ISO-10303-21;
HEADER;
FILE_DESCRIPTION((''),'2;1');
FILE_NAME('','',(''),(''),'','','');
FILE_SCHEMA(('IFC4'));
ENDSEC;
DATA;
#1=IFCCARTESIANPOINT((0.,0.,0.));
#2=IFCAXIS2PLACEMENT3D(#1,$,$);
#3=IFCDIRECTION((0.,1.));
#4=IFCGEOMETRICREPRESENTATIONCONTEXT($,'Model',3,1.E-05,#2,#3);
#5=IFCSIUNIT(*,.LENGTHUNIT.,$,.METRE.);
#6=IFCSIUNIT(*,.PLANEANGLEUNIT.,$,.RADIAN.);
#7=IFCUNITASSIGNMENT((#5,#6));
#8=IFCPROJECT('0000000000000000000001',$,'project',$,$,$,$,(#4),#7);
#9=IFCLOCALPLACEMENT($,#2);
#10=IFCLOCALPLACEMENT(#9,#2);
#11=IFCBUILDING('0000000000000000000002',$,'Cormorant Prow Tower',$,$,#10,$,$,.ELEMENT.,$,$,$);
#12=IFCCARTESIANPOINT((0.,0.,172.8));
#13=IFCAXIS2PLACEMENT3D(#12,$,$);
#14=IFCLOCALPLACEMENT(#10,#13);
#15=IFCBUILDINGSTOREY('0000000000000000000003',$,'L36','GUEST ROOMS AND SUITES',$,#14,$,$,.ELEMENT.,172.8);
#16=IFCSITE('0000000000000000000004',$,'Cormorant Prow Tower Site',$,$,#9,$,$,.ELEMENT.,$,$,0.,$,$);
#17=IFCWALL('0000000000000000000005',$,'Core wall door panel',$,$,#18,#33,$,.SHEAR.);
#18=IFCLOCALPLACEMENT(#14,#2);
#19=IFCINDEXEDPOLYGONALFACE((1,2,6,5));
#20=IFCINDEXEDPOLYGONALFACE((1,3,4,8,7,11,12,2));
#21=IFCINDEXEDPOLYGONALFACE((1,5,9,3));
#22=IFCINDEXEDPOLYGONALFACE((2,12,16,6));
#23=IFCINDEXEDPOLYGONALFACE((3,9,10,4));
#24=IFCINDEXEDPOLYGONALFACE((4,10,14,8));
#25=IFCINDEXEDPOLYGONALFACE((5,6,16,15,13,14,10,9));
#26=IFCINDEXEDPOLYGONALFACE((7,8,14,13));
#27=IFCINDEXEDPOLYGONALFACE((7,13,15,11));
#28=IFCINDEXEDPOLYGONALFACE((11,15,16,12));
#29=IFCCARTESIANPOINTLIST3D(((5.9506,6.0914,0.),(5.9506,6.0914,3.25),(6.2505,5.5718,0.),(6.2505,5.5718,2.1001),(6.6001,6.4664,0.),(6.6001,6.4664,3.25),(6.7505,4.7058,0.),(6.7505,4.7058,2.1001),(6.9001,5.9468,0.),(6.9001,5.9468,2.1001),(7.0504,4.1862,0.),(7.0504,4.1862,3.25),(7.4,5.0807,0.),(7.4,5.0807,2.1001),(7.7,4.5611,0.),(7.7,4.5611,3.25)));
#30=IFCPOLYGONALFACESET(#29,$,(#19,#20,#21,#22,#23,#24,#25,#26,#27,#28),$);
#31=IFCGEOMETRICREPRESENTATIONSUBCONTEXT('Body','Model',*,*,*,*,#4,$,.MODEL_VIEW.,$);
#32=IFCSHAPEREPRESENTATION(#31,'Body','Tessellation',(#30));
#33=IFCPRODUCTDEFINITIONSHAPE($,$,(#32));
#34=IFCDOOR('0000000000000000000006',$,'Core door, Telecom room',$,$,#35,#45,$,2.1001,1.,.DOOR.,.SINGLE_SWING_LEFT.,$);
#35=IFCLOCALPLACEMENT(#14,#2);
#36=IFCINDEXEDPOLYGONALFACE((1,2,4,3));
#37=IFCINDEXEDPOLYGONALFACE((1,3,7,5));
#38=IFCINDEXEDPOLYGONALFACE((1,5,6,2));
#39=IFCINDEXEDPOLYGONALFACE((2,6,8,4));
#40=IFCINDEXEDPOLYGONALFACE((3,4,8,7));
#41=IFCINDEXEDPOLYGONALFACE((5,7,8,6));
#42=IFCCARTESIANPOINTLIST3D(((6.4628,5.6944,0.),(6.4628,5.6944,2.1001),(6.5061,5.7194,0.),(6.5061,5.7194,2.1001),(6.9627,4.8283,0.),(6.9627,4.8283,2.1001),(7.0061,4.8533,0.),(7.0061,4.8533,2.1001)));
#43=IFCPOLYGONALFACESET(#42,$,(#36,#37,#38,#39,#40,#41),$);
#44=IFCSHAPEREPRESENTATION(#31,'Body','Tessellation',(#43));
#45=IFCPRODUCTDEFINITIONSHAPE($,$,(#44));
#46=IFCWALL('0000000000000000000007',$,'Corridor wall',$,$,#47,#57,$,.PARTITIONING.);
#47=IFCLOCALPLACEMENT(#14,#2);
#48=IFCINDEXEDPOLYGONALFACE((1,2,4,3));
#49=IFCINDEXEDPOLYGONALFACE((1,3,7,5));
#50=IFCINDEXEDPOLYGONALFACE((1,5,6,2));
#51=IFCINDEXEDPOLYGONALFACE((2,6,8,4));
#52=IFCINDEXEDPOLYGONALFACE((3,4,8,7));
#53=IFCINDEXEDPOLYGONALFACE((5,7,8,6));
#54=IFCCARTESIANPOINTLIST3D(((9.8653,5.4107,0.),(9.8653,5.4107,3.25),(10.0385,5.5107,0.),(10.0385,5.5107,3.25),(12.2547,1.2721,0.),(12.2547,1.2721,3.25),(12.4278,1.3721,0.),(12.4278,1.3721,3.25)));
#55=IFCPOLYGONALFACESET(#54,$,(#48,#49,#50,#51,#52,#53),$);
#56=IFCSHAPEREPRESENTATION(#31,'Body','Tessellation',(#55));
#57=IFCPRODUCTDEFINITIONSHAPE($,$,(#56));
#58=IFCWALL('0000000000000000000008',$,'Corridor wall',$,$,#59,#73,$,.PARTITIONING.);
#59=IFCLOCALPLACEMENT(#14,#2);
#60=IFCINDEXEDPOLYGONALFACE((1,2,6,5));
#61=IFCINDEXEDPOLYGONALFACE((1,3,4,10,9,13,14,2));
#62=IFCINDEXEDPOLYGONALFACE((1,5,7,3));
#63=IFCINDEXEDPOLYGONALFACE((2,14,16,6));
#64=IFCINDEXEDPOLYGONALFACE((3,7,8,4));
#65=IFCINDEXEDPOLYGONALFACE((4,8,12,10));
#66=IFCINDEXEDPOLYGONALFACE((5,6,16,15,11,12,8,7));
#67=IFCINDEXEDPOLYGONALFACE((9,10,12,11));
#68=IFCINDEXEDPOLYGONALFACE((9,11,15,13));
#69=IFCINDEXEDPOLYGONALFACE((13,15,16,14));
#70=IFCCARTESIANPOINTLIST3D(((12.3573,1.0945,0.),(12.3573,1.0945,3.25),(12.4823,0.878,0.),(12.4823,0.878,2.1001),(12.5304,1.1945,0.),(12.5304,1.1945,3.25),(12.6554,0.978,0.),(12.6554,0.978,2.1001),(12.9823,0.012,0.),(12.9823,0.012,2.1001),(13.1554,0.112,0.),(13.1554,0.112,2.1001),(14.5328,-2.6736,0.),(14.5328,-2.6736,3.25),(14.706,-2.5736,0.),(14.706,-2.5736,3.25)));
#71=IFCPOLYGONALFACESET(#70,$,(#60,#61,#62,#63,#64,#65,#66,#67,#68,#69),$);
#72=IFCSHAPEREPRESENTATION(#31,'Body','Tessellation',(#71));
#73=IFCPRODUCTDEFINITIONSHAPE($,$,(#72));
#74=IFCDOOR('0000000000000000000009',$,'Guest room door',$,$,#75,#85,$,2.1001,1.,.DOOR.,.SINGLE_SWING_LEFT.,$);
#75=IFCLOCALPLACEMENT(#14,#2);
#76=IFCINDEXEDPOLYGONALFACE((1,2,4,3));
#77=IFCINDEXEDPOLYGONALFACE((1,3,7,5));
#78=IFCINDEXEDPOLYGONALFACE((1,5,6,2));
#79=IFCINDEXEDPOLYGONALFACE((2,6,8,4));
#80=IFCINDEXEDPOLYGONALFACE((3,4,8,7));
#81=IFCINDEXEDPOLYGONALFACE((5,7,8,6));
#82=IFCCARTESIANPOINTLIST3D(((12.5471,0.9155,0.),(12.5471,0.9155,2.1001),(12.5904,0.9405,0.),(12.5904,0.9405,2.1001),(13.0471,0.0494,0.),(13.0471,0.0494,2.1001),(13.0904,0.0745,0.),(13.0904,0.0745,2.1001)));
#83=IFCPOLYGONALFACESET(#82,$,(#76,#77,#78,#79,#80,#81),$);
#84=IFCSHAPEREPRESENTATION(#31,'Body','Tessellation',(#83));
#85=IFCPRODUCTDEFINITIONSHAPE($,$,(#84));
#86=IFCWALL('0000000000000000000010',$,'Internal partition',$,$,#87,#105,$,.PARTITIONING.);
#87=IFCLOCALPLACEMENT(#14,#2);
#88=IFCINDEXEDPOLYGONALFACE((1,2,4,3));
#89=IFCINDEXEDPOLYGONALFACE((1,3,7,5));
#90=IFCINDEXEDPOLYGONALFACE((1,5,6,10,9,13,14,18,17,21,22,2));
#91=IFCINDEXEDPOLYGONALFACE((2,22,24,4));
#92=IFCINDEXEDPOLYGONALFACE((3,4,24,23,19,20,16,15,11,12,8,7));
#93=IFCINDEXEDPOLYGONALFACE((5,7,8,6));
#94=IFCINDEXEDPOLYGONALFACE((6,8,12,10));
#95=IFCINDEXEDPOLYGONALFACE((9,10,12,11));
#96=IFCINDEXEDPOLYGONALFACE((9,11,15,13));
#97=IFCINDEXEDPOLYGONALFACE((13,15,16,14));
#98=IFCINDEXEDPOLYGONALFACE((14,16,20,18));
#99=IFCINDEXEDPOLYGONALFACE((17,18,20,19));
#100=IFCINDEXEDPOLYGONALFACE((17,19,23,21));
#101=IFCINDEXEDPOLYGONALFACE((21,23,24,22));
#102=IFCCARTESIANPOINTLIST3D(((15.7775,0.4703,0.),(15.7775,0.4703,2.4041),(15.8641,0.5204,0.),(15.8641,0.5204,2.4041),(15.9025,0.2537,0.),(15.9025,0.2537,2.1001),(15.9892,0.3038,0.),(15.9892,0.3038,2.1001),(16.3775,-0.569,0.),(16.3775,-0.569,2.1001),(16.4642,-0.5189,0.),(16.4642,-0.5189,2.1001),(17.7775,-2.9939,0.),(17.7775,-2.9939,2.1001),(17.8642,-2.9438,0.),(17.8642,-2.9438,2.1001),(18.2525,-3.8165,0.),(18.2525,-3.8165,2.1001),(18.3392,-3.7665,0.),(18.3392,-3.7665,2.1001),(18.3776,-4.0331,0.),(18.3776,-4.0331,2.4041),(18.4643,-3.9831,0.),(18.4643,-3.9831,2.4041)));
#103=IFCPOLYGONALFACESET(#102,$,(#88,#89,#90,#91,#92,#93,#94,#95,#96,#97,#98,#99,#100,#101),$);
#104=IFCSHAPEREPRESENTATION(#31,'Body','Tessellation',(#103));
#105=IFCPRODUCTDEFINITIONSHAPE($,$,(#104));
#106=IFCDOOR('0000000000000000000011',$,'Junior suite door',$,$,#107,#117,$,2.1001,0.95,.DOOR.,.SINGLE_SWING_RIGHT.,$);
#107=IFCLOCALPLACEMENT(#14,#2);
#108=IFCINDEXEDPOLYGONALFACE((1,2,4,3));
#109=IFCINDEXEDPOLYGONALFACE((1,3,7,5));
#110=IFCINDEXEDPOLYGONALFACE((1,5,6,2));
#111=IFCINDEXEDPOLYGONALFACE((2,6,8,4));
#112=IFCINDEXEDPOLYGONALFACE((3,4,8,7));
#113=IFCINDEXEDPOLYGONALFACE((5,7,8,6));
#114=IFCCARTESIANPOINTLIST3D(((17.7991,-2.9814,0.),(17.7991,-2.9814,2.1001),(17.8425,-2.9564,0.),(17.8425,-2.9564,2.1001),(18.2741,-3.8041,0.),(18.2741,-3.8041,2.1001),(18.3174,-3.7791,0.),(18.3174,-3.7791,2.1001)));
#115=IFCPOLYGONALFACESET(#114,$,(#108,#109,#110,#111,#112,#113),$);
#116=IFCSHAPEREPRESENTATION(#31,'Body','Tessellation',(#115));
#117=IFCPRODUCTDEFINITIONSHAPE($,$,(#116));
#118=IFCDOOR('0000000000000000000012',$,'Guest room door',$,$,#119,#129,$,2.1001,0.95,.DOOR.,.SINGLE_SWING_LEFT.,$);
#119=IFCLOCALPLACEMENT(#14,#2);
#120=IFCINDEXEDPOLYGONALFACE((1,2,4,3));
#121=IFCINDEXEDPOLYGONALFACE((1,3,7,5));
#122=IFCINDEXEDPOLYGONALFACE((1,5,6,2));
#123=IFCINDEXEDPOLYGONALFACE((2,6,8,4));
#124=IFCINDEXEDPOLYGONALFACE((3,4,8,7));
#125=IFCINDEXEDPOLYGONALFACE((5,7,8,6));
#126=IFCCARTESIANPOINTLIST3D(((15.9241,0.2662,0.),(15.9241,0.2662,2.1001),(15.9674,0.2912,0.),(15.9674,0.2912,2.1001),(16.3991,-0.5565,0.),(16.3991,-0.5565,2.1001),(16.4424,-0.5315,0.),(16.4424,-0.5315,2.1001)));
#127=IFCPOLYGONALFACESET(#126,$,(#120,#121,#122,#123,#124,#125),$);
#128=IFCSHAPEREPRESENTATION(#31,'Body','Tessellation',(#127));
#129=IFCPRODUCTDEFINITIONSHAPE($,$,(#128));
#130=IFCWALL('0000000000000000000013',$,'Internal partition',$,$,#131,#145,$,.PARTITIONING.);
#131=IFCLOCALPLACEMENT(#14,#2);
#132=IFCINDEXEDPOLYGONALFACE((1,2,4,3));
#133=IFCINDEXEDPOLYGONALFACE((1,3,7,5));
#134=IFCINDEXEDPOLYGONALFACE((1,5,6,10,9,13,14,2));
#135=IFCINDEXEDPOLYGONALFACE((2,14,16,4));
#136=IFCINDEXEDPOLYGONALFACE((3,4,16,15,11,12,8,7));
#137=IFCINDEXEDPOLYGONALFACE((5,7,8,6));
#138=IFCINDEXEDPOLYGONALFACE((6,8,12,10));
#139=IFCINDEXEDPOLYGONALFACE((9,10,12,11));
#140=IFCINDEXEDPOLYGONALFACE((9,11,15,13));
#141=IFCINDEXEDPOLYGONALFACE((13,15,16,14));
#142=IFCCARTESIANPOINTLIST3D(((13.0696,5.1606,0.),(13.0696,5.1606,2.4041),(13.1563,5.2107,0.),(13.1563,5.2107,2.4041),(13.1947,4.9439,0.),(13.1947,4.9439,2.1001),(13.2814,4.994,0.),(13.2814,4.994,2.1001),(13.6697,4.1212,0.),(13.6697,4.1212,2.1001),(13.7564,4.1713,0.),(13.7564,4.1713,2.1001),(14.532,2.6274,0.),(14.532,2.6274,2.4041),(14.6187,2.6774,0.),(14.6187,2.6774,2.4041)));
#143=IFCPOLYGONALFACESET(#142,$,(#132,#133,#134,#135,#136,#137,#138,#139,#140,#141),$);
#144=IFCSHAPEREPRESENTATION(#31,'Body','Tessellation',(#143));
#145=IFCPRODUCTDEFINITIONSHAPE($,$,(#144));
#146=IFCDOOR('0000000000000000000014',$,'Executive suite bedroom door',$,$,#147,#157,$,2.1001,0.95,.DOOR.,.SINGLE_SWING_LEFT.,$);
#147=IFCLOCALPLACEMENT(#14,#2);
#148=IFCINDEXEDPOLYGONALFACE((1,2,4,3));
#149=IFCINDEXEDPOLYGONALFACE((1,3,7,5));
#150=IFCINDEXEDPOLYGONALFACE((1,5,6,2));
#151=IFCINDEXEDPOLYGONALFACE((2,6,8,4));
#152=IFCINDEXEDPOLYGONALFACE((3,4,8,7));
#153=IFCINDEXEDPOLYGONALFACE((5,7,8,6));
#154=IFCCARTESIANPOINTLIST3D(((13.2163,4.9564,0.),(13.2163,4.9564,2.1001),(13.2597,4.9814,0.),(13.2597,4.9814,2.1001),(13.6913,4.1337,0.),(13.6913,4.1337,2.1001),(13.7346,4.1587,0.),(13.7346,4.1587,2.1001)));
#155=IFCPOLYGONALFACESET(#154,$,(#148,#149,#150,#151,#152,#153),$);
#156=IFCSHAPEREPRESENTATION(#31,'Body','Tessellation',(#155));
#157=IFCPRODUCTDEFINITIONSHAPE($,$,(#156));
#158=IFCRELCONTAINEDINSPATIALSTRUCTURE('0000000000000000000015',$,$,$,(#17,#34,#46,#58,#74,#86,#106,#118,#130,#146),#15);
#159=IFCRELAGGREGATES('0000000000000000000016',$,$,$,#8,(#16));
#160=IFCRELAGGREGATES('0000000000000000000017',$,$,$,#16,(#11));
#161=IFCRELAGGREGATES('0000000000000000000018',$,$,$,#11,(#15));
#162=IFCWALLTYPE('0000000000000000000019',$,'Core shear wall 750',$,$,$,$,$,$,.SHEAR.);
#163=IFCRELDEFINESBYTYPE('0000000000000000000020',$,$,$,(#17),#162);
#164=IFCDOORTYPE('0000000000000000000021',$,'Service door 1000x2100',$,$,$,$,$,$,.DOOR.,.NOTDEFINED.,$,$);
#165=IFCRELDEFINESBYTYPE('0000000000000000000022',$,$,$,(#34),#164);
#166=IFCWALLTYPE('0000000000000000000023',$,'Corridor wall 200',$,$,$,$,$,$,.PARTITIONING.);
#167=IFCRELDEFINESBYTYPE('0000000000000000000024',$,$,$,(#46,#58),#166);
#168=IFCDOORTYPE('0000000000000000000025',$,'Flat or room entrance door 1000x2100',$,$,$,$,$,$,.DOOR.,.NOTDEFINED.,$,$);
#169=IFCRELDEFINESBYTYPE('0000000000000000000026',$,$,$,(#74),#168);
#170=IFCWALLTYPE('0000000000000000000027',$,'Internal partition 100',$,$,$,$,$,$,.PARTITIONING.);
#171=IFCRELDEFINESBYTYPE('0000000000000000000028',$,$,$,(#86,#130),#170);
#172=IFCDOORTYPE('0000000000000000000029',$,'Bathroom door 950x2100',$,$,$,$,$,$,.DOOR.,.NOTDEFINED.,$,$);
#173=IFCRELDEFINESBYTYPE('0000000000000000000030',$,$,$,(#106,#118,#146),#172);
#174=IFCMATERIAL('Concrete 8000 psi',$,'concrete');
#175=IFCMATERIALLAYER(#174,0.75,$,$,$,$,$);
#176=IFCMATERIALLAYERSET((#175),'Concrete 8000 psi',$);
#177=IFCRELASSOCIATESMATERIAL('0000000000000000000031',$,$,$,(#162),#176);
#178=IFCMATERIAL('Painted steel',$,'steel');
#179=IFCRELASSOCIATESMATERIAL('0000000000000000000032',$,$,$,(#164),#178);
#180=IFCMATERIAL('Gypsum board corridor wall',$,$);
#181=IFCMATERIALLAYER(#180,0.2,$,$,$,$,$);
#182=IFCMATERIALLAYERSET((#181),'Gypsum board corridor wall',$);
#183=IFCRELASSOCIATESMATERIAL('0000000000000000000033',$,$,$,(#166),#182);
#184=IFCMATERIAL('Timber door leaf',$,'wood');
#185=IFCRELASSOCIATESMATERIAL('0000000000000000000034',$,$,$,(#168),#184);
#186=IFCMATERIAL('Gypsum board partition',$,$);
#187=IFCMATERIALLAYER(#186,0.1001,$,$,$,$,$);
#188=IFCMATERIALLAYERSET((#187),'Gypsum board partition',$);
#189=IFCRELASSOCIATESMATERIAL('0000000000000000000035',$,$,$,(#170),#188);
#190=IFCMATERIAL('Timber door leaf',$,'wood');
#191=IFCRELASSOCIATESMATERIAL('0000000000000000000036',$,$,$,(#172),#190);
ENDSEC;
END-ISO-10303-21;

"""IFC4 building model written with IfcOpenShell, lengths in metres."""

from ifc_helpers import new_model, si_unit, direction, frame, frame_2d, origin, place, context, subcontext, project, spatial, rectangle, extrude, material, layer, layer_set, type_object, element, fill, save


model = new_model("IFC4")

# Units and contexts
model_context = context("Model", 3, precision=1e-05, world=origin(), true_north=direction((0.0, 1.0)))
body_context = subcontext(model_context, "Body", "Model", "MODEL_VIEW")
ifc_project = project(units=[si_unit("LENGTHUNIT", "METRE"), si_unit("PLANEANGLEUNIT", "RADIAN")], contexts=[model_context])

# Site, building, storey
site_placement = place(None, origin())
site = spatial("IfcSite", under=ifc_project, at=site_placement, Name="Cormorant Prow Tower Site", CompositionType="ELEMENT", RefElevation=0.0)
building_placement = place(site_placement, origin())
building = spatial("IfcBuilding", under=site, at=building_placement, Name="Cormorant Prow Tower", CompositionType="ELEMENT")
storey_placement = place(building_placement, frame((0.0, 0.0, 172.8)))
storey = spatial("IfcBuildingStorey", under=building, at=storey_placement, Name="L36", Description="GUEST ROOMS AND SUITES", CompositionType="ELEMENT", Elevation=172.8)

# Shared definitions
ifc_material_1 = material(Name="Concrete 8000 psi", Category="concrete")
ifc_layer_1 = layer(ifc_material_1, 0.75)
ifc_layer_set_1 = layer_set([ifc_layer_1], Name="Concrete 8000 psi")
wall_type_1 = type_object("IfcWallType", Name="Core shear wall 750", PredefinedType="SHEAR", material=ifc_layer_set_1)

# Wall, opening, door
wall_1_placement = place(storey_placement, frame((7.3752, 4.3735, 0.0), z_axis=(0.0, 0.0, 1.0), x_axis=(-0.499947, 0.866056, 0.0)))
wall_1 = element("IfcWall", 1, at=wall_1_placement, inside=storey, type_object=wall_type_1, Name="Core wall door panel", PredefinedType="SHEAR", context=body_context, shape_type="SweptSolid", body=[
    extrude(rectangle(XDim=2.2, YDim=0.75, at=frame_2d((1.1001, 0.0))), origin(), (0.0, 0.0, 1.0), 3.25),
])
opening_1_placement = place(wall_1_placement, frame((0.6001, 0.0, 0.0)))
opening_1 = element("IfcOpeningElement", 2, at=opening_1_placement, cuts=wall_1, PredefinedType="OPENING", context=body_context, shape_type="SweptSolid", body=[
    extrude(rectangle(XDim=1.0, YDim=2.1001, at=frame_2d((0.5, 1.05))), frame((0.0, 0.385, 0.0), z_axis=(0.0, -1.0, 0.0), x_axis=(1.0, 0.0, 0.0)), (0.0, 0.0, 1.0), 0.77),
])
ifc_material_2 = material(Name="Painted steel", Category="steel")
door_type_1 = type_object("IfcDoorType", Name="Service door 1000x2100", OperationType="NOTDEFINED", PredefinedType="DOOR", material=ifc_material_2)
door_1_placement = place(opening_1_placement, origin())
door_1 = element("IfcDoor", 3, at=door_1_placement, inside=storey, type_object=door_type_1, Name="Core door, Telecom room", OperationType="SINGLE_SWING_LEFT", OverallHeight=2.1001, OverallWidth=1.0, PredefinedType="DOOR", context=body_context, shape_type="SweptSolid", body=[
    extrude(rectangle(XDim=1.0, YDim=2.1001, at=frame_2d((0.5, 1.05))), frame((0.0, 0.1299, 0.0), z_axis=(0.0, -1.0, 0.0), x_axis=(1.0, 0.0, 0.0)), (0.0, 0.0, 1.0), 0.05),
])
fill(opening_1, door_1)

# Wall
ifc_material_3 = material(Name="Gypsum board corridor wall")
ifc_layer_2 = layer(ifc_material_3, 0.2)
ifc_layer_set_2 = layer_set([ifc_layer_2], Name="Gypsum board corridor wall")
wall_type_2 = type_object("IfcWallType", Name="Corridor wall 200", PredefinedType="PARTITIONING", material=ifc_layer_set_2)
wall_2_placement = place(storey_placement, frame((9.9519, 5.4607, 0.0), z_axis=(0.0, 0.0, 1.0), x_axis=(0.499991, -0.866031, 0.0)))
element("IfcWall", 4, at=wall_2_placement, inside=storey, type_object=wall_type_2, Name="Corridor wall", PredefinedType="PARTITIONING", context=body_context, shape_type="SweptSolid", body=[
    extrude(rectangle(XDim=4.7788, YDim=0.2, at=frame_2d((2.3894, 0.0))), origin(), (0.0, 0.0, 1.0), 3.25),
])

# Wall, opening, door
wall_3_placement = place(storey_placement, frame((12.4438, 1.1445, 0.0), z_axis=(0.0, 0.0, 1.0), x_axis=(0.500007, -0.866021, 0.0)))
wall_3 = element("IfcWall", 5, at=wall_3_placement, inside=storey, type_object=wall_type_2, Name="Corridor wall", PredefinedType="PARTITIONING", context=body_context, shape_type="SweptSolid", body=[
    extrude(rectangle(XDim=4.3511, YDim=0.2, at=frame_2d((2.1755, 0.0))), origin(), (0.0, 0.0, 1.0), 3.25),
])
opening_2_placement = place(wall_3_placement, frame((0.25, 0.0, 0.0)))
opening_2 = element("IfcOpeningElement", 6, at=opening_2_placement, cuts=wall_3, PredefinedType="OPENING", context=body_context, shape_type="SweptSolid", body=[
    extrude(rectangle(XDim=1.0, YDim=2.1001, at=frame_2d((0.5, 1.05))), frame((0.0, 0.1099, 0.0), z_axis=(0.0, -1.0, 0.0), x_axis=(1.0, 0.0, 0.0)), (0.0, 0.0, 1.0), 0.22),
])
ifc_material_4 = material(Name="Timber door leaf", Category="wood")
door_type_2 = type_object("IfcDoorType", Name="Flat or room entrance door 1000x2100", OperationType="NOTDEFINED", PredefinedType="DOOR", material=ifc_material_4)
door_2_placement = place(opening_2_placement, origin())
door_2 = element("IfcDoor", 7, at=door_2_placement, inside=storey, type_object=door_type_2, Name="Guest room door", OperationType="SINGLE_SWING_LEFT", OverallHeight=2.1001, OverallWidth=1.0, PredefinedType="DOOR", context=body_context, shape_type="SweptSolid", body=[
    extrude(rectangle(XDim=1.0, YDim=2.1001, at=frame_2d((0.5, 1.05))), frame((0.0, 0.0249, 0.0), z_axis=(0.0, -1.0, 0.0), x_axis=(1.0, 0.0, 0.0)), (0.0, 0.0, 1.0), 0.05),
])
fill(opening_2, door_2)

# Wall, openings, doors
ifc_material_5 = material(Name="Gypsum board partition")
ifc_layer_3 = layer(ifc_material_5, 0.1001)
ifc_layer_set_3 = layer_set([ifc_layer_3], Name="Gypsum board partition")
wall_type_3 = type_object("IfcWallType", Name="Internal partition 100", PredefinedType="PARTITIONING", material=ifc_layer_set_3)
wall_4_placement = place(storey_placement, frame((15.8208, 0.4954, 0.0), z_axis=(0.0, 0.0, 1.0), x_axis=(0.500007, -0.866021, 0.0)))
wall_4 = element("IfcWall", 8, at=wall_4_placement, inside=storey, type_object=wall_type_3, Name="Internal partition", PredefinedType="PARTITIONING", context=body_context, shape_type="SweptSolid", body=[
    extrude(rectangle(XDim=5.2002, YDim=0.1001, at=frame_2d((2.6001, 0.0))), origin(), (0.0, 0.0, 1.0), 2.4041),
])
opening_3_placement = place(wall_4_placement, frame((4.0, 0.0, 0.0)))
opening_3 = element("IfcOpeningElement", 9, at=opening_3_placement, cuts=wall_4, PredefinedType="OPENING", context=body_context, shape_type="SweptSolid", body=[
    extrude(rectangle(XDim=0.95, YDim=2.1001, at=frame_2d((0.4751, 1.05))), frame((0.0, 0.0601, 0.0), z_axis=(0.0, -1.0, 0.0), x_axis=(1.0, 0.0, 0.0)), (0.0, 0.0, 1.0), 0.1201),
])
opening_4_placement = place(wall_4_placement, frame((0.25, 0.0, 0.0)))
opening_4 = element("IfcOpeningElement", 10, at=opening_4_placement, cuts=wall_4, PredefinedType="OPENING", context=body_context, shape_type="SweptSolid", body=[
    extrude(rectangle(XDim=0.95, YDim=2.1001, at=frame_2d((0.4751, 1.05))), frame((0.0, 0.0601, 0.0), z_axis=(0.0, -1.0, 0.0), x_axis=(1.0, 0.0, 0.0)), (0.0, 0.0, 1.0), 0.1201),
])
ifc_material_6 = material(Name="Timber door leaf", Category="wood")
door_type_3 = type_object("IfcDoorType", Name="Bathroom door 950x2100", OperationType="NOTDEFINED", PredefinedType="DOOR", material=ifc_material_6)
door_3_placement = place(opening_3_placement, origin())
door_3 = element("IfcDoor", 11, at=door_3_placement, inside=storey, type_object=door_type_3, Name="Junior suite door", OperationType="SINGLE_SWING_RIGHT", OverallHeight=2.1001, OverallWidth=0.95, PredefinedType="DOOR", context=body_context, shape_type="SweptSolid", body=[
    extrude(rectangle(XDim=0.95, YDim=2.1001, at=frame_2d((0.4751, 1.05))), frame((0.0, 0.0249, 0.0), z_axis=(0.0, -1.0, 0.0), x_axis=(1.0, 0.0, 0.0)), (0.0, 0.0, 1.0), 0.05),
])
fill(opening_3, door_3)
door_4_placement = place(opening_4_placement, origin())
door_4 = element("IfcDoor", 12, at=door_4_placement, inside=storey, type_object=door_type_3, Name="Guest room door", OperationType="SINGLE_SWING_LEFT", OverallHeight=2.1001, OverallWidth=0.95, PredefinedType="DOOR", context=body_context, shape_type="SweptSolid", body=[
    extrude(rectangle(XDim=0.95, YDim=2.1001, at=frame_2d((0.4751, 1.05))), frame((0.0, 0.0249, 0.0), z_axis=(0.0, -1.0, 0.0), x_axis=(1.0, 0.0, 0.0)), (0.0, 0.0, 1.0), 0.05),
])
fill(opening_4, door_4)

# Wall, opening, door
wall_5_placement = place(storey_placement, frame((13.113, 5.1855, 0.0), z_axis=(0.0, 0.0, 1.0), x_axis=(0.499963, -0.866047, 0.0)))
wall_5 = element("IfcWall", 13, at=wall_5_placement, inside=storey, type_object=wall_type_3, Name="Internal partition", PredefinedType="PARTITIONING", context=body_context, shape_type="SweptSolid", body=[
    extrude(rectangle(XDim=2.925, YDim=0.1001, at=frame_2d((1.4624, 0.0))), origin(), (0.0, 0.0, 1.0), 2.4041),
])
opening_5_placement = place(wall_5_placement, frame((0.25, 0.0, 0.0)))
opening_5 = element("IfcOpeningElement", 14, at=opening_5_placement, cuts=wall_5, PredefinedType="OPENING", context=body_context, shape_type="SweptSolid", body=[
    extrude(rectangle(XDim=0.95, YDim=2.1001, at=frame_2d((0.4751, 1.05))), frame((0.0, 0.0601, 0.0), z_axis=(0.0, -1.0, 0.0), x_axis=(1.0, 0.0, 0.0)), (0.0, 0.0, 1.0), 0.1201),
])
door_5_placement = place(opening_5_placement, origin())
door_5 = element("IfcDoor", 15, at=door_5_placement, inside=storey, type_object=door_type_3, Name="Executive suite bedroom door", OperationType="SINGLE_SWING_LEFT", OverallHeight=2.1001, OverallWidth=0.95, PredefinedType="DOOR", context=body_context, shape_type="SweptSolid", body=[
    extrude(rectangle(XDim=0.95, YDim=2.1001, at=frame_2d((0.4751, 1.05))), frame((0.0, 0.0249, 0.0), z_axis=(0.0, -1.0, 0.0), x_axis=(1.0, 0.0, 0.0)), (0.0, 0.0, 1.0), 0.05),
])
fill(opening_5, door_5)

save(model, "model.ifc")
